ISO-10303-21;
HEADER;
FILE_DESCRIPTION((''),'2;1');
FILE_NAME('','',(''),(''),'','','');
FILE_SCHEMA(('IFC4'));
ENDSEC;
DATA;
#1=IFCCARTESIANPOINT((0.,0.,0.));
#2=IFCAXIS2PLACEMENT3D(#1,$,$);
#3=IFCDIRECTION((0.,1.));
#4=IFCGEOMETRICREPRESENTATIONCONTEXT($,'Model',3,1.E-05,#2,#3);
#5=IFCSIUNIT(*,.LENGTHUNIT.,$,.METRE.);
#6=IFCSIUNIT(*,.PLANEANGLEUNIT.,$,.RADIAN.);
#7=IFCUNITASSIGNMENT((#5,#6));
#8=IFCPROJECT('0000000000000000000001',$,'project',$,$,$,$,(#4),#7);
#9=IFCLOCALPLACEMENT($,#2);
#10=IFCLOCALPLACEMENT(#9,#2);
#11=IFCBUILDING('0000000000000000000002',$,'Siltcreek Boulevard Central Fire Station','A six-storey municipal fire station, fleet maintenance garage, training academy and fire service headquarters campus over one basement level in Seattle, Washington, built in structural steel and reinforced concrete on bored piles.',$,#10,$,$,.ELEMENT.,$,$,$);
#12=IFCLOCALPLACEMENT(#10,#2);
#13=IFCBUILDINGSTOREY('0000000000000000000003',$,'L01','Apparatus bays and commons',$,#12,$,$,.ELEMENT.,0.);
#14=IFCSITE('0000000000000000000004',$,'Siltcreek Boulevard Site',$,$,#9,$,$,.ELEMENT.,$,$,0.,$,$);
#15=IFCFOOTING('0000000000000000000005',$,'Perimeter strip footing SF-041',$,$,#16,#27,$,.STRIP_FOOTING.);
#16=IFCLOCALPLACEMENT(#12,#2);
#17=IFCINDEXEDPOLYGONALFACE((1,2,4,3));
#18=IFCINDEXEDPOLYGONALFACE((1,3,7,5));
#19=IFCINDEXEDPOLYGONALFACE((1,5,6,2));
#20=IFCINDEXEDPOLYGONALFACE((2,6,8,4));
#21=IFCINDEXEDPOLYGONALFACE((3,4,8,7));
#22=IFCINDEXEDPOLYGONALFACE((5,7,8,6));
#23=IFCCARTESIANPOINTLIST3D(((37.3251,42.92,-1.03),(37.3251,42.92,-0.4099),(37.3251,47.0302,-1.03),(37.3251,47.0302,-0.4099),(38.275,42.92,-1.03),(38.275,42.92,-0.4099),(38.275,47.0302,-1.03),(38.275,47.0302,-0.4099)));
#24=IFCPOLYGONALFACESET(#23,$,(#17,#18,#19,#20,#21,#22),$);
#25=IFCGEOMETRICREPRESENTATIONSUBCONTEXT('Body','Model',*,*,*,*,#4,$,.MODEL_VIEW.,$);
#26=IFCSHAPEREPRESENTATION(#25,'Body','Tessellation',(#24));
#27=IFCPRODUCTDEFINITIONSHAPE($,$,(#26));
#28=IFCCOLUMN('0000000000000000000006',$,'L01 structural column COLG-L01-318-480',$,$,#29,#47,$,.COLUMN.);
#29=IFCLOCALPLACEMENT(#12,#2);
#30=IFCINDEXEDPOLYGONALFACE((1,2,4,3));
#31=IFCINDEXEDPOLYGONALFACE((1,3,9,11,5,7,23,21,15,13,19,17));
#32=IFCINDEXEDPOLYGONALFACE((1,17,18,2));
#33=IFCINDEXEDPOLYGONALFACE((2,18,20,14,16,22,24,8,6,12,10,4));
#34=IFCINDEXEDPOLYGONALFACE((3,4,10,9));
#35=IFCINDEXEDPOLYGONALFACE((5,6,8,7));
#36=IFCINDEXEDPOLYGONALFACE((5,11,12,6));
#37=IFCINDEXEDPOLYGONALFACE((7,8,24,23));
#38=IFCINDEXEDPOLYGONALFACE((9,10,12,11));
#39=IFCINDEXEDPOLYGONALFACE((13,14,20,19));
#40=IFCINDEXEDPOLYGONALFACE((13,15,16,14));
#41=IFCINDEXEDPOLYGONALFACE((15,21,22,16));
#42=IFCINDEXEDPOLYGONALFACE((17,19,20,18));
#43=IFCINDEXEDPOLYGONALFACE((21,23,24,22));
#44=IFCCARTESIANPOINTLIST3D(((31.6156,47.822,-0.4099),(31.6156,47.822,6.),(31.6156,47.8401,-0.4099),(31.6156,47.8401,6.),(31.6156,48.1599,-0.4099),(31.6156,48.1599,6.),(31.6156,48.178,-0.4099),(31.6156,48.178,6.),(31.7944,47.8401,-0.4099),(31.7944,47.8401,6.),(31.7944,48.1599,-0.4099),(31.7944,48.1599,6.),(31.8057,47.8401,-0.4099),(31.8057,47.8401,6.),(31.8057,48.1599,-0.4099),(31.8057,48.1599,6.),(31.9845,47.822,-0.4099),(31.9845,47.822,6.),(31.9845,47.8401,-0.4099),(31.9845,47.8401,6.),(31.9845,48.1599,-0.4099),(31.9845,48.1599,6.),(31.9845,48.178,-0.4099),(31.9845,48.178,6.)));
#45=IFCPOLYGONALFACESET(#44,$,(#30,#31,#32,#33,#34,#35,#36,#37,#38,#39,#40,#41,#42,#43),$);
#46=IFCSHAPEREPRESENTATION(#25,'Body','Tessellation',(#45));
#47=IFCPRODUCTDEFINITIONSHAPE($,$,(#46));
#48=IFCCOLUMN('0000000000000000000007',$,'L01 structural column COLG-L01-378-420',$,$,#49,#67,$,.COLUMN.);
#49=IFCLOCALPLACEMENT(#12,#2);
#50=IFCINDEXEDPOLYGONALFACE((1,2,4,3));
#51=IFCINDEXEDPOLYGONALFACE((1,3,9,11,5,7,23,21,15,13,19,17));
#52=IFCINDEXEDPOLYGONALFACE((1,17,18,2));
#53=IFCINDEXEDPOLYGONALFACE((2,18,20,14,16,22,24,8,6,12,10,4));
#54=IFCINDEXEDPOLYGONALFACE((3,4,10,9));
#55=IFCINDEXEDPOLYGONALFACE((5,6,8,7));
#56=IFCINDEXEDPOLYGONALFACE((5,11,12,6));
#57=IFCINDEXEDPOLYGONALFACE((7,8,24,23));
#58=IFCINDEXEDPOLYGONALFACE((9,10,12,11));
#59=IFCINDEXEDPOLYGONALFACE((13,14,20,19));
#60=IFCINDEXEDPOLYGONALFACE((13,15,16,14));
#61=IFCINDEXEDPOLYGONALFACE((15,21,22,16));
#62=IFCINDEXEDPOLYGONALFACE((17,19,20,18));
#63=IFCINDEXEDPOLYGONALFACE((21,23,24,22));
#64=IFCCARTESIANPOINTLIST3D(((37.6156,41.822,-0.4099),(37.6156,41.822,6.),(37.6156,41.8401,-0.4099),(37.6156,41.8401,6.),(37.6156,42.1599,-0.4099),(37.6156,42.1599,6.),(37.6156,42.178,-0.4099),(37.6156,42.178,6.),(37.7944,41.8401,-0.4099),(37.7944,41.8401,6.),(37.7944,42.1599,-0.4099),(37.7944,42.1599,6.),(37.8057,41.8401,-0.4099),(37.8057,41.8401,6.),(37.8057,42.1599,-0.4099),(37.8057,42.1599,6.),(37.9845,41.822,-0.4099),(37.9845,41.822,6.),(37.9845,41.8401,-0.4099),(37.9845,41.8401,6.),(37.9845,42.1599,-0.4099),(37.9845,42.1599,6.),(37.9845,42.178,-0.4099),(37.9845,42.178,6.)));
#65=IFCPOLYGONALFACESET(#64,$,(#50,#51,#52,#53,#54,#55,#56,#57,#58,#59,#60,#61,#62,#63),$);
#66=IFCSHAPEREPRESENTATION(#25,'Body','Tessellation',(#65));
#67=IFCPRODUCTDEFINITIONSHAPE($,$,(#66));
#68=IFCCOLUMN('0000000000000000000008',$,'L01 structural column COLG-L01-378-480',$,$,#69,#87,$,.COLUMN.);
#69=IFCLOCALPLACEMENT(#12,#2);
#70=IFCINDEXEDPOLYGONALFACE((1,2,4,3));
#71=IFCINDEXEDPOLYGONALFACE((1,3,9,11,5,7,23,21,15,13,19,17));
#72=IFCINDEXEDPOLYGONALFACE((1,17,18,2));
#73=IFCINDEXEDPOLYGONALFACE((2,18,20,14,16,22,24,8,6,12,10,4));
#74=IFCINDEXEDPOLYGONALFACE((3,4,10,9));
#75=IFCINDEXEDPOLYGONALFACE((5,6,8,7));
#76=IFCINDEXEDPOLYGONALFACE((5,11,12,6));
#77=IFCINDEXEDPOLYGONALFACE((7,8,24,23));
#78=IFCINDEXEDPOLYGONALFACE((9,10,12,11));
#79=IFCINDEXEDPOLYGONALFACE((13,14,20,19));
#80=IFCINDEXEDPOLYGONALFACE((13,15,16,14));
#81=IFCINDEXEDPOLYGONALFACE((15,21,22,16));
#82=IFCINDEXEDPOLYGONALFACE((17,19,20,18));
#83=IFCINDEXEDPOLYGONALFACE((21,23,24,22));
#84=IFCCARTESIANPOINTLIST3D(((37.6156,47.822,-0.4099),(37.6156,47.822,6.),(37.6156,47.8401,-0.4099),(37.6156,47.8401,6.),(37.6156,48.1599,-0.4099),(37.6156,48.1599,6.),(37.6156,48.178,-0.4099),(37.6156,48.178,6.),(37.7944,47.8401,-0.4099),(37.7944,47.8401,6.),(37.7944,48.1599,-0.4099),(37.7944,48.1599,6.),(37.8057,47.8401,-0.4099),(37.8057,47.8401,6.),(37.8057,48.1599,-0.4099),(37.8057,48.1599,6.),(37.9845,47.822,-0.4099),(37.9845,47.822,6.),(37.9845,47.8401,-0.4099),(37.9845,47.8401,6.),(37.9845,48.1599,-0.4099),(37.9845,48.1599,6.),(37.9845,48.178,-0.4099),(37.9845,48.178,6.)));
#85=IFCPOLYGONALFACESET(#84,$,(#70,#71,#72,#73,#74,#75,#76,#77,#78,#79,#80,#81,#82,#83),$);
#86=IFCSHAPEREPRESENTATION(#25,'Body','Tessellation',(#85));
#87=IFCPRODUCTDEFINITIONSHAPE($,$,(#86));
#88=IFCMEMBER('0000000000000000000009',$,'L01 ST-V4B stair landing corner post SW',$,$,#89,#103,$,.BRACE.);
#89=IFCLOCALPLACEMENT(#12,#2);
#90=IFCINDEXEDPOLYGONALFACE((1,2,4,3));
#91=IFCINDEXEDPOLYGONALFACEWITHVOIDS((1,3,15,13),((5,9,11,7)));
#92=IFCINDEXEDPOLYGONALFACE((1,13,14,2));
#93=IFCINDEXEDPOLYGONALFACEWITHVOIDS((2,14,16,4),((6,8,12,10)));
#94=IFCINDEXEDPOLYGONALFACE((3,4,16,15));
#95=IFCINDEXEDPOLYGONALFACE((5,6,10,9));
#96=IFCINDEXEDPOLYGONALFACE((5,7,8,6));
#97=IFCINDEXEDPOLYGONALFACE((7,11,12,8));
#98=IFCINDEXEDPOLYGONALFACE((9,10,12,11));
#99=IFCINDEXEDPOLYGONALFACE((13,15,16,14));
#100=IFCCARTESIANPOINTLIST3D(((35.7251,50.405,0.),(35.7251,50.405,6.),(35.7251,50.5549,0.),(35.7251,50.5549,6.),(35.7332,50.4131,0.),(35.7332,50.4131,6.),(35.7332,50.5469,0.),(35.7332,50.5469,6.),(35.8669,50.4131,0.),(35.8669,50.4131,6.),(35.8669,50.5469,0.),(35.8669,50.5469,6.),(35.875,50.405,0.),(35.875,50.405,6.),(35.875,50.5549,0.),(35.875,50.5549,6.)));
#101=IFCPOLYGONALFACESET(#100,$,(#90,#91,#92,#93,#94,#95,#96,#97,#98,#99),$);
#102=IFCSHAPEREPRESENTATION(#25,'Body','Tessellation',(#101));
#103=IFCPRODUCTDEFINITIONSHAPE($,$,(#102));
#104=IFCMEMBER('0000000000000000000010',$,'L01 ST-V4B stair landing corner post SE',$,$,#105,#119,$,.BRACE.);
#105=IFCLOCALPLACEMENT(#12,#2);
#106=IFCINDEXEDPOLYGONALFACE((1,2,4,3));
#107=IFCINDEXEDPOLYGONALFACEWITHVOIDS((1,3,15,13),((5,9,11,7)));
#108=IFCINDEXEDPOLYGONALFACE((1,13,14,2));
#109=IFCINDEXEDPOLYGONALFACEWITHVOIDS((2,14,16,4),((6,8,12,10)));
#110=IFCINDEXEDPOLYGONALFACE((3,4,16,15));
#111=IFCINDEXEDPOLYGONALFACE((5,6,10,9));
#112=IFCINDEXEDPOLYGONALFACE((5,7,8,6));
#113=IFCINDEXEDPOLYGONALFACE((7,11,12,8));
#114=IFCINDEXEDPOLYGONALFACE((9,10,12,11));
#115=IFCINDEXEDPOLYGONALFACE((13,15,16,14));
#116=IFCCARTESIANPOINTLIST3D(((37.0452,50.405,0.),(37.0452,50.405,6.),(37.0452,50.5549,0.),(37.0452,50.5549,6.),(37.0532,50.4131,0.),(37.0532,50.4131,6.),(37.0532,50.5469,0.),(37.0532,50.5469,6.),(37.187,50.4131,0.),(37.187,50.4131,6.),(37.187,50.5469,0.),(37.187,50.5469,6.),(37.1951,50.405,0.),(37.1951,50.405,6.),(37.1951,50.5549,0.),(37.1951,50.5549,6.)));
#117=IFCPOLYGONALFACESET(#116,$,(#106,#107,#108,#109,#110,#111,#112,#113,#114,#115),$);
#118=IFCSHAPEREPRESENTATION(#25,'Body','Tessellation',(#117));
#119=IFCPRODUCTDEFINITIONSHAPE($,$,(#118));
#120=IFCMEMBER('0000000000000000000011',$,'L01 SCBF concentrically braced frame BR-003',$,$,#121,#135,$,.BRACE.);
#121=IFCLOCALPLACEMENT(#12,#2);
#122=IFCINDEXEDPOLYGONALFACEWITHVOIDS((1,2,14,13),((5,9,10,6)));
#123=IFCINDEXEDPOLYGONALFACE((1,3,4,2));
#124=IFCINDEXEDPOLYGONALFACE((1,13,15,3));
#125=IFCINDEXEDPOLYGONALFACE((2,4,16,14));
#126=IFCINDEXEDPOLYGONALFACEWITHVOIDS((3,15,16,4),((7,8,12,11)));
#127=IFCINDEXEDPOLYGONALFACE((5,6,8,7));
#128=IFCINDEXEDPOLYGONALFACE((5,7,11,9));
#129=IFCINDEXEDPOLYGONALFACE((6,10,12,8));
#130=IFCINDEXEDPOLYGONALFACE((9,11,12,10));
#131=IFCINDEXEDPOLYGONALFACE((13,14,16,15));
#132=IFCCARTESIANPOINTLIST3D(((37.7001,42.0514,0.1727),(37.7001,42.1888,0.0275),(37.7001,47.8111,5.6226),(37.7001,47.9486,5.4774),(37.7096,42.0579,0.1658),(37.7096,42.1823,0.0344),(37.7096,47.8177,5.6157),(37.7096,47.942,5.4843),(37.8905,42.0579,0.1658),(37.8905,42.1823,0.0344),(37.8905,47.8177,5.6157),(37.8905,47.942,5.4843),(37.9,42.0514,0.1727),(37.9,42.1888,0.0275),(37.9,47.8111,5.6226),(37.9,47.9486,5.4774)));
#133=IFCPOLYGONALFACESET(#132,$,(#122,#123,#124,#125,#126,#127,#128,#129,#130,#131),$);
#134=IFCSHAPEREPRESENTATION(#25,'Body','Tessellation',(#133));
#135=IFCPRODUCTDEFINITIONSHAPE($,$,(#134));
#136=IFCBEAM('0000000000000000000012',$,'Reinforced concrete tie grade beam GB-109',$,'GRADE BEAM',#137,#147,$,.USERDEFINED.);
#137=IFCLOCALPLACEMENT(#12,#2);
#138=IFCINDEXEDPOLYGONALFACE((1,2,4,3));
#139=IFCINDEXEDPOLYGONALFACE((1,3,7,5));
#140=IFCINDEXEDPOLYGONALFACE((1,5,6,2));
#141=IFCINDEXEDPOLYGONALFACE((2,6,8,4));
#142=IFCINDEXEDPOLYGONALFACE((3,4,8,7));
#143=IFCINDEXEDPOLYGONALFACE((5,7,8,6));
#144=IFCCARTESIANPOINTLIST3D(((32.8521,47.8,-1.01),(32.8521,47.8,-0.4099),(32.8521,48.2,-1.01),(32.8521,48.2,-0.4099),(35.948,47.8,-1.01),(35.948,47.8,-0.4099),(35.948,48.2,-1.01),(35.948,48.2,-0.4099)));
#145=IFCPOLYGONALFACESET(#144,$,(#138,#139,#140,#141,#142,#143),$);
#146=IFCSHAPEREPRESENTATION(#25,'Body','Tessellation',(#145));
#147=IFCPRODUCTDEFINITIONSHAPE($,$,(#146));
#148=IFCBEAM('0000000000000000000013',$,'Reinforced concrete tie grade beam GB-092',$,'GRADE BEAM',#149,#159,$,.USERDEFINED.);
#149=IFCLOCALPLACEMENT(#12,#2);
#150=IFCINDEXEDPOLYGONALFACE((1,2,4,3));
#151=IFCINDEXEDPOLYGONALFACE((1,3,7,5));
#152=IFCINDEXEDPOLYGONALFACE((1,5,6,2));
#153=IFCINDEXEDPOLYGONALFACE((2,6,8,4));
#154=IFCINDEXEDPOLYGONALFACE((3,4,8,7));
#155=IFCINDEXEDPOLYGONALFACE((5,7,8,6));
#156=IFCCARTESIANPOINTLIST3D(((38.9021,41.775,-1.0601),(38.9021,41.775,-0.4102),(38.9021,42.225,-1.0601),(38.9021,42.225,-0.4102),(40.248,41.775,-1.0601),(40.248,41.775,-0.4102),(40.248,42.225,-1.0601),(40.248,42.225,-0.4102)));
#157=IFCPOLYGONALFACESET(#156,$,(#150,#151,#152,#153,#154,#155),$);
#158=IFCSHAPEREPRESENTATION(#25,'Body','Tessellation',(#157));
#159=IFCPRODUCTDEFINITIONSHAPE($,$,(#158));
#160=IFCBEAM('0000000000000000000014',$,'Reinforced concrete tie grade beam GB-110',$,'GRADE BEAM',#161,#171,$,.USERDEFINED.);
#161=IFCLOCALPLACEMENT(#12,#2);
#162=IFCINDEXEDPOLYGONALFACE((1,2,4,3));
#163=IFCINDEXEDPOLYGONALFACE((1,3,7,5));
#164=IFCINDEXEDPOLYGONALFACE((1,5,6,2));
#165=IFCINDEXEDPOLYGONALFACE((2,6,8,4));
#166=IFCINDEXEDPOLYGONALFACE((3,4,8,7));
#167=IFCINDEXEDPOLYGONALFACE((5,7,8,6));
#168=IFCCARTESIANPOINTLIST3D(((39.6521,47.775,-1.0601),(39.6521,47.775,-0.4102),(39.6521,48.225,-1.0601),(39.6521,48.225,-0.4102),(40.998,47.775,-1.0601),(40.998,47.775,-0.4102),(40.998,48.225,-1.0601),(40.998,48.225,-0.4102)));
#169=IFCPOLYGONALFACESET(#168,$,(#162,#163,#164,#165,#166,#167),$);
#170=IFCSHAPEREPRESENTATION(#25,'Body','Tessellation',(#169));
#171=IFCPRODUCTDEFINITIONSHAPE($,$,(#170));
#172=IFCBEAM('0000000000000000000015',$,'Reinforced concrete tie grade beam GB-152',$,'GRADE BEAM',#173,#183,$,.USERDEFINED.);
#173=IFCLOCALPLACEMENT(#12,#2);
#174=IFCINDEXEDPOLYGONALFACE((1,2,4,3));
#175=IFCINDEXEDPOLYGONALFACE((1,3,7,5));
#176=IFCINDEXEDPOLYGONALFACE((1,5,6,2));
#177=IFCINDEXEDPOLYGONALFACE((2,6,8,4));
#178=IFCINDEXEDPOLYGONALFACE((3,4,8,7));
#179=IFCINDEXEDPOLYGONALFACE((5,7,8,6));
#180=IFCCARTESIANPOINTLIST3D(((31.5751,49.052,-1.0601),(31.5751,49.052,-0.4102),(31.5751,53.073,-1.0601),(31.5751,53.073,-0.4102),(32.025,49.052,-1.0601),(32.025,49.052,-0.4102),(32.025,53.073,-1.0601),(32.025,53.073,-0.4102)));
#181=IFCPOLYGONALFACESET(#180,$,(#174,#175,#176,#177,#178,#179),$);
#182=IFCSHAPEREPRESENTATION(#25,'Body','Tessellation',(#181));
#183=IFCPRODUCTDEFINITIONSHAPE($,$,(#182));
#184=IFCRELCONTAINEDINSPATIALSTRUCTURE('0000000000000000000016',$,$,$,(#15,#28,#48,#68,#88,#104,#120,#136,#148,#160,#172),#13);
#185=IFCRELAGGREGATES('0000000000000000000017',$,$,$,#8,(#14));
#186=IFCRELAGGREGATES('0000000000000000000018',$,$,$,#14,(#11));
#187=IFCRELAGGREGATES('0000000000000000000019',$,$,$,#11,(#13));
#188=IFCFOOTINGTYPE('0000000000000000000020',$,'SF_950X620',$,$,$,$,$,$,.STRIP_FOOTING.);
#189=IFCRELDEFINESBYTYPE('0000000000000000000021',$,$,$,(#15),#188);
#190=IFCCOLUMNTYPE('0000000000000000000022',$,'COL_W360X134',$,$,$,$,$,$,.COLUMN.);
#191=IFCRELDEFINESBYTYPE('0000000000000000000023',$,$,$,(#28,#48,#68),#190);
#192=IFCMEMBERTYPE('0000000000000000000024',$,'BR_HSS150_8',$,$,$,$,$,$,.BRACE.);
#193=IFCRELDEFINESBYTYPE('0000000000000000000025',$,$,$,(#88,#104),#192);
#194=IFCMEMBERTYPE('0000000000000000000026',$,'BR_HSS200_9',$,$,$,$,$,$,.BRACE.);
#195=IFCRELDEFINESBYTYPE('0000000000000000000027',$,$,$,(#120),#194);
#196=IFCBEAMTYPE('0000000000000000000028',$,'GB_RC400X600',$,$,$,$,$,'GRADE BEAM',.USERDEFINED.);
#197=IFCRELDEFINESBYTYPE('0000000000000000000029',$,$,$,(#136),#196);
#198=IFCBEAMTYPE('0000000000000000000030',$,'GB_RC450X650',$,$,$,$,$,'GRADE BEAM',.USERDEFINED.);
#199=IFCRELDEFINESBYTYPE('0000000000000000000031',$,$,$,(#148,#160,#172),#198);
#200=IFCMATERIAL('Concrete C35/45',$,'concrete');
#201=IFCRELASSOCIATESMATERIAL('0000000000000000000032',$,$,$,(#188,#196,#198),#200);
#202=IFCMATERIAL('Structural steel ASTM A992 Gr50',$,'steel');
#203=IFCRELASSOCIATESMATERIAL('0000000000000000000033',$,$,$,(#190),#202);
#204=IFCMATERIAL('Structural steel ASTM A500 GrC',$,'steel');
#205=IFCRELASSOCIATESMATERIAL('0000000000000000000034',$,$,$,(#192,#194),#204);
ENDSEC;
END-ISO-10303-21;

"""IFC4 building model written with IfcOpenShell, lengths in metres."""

from ifc_helpers import new_model, si_unit, direction, frame, origin, origin_2d, place, context, subcontext, project, spatial, rectangle, hollow_rectangle, i_section, extrude, material, material_profile, profile_set, type_object, element, save


model = new_model("IFC4")

# Units and contexts
model_context = context("Model", 3, precision=1e-05, world=origin(), true_north=direction((0.0, 1.0)))
body_context = subcontext(model_context, "Body", "Model", "MODEL_VIEW")
ifc_project = project(units=[si_unit("LENGTHUNIT", "METRE"), si_unit("PLANEANGLEUNIT", "RADIAN")], contexts=[model_context])

# Site, building, storey
site_placement = place(None, origin())
site = spatial("IfcSite", under=ifc_project, at=site_placement, Name="Siltcreek Boulevard Site", CompositionType="ELEMENT", RefElevation=0.0)
building_placement = place(site_placement, origin())
building = spatial("IfcBuilding", under=site, at=building_placement, Name="Siltcreek Boulevard Central Fire Station", Description="A six-storey municipal fire station, fleet maintenance garage, training academy and fire service headquarters campus over one basement level in Seattle, Washington, built in structural steel and reinforced concrete on bored piles.", CompositionType="ELEMENT")
storey_placement = place(building_placement, origin())
storey = spatial("IfcBuildingStorey", under=building, at=storey_placement, Name="L01", Description="Apparatus bays and commons", CompositionType="ELEMENT", Elevation=0.0)

# Shared definitions
ifc_material_1 = material(Name="Concrete C35/45", Category="concrete")

# Footing
footing_type_1 = type_object("IfcFootingType", Name="SF_950X620", PredefinedType="STRIP_FOOTING", material=ifc_material_1)
footing_1_placement = place(storey_placement, frame((37.8, 44.9751, -1.03), z_axis=(0.0, 0.0, 1.0), x_axis=(1.0, 0.0, 0.0)))
element("IfcFooting", 1, at=footing_1_placement, inside=storey, type_object=footing_type_1, Name="Perimeter strip footing SF-041", PredefinedType="STRIP_FOOTING", context=body_context, shape_type="SweptSolid", body=[
    extrude(rectangle(XDim=0.95, YDim=4.1101, at=origin_2d()), origin(), (0.0, 0.0, 1.0), 0.6201),
])

# Columns
ifc_material_2 = material(Name="Structural steel ASTM A992 Gr50", Category="steel")
ifc_material_profile_1 = material_profile(ifc_material_2, i_section(OverallWidth=0.3689, OverallDepth=0.356, WebThickness=0.0112, FlangeThickness=0.0181, at=origin_2d()), Name="W360X134")
ifc_profile_set_1 = profile_set([ifc_material_profile_1], Name="Structural steel ASTM A992 Gr50")
column_type = type_object("IfcColumnType", Name="COL_W360X134", PredefinedType="COLUMN", material=ifc_profile_set_1)
for number, where, z_axis, x_axis, name in (
    (2, (31.8, 48.0, -0.4099), (0.0, 0.0, 1.0), (1.0, 0.0, 0.0), "L01 structural column COLG-L01-318-480"),
    (3, (37.8, 42.0, -0.4099), (0.0, 0.0, 1.0), (1.0, 0.0, 0.0), "L01 structural column COLG-L01-378-420"),
    (4, (37.8, 48.0, -0.4099), (0.0, 0.0, 1.0), (1.0, 0.0, 0.0), "L01 structural column COLG-L01-378-480"),
):
    element("IfcColumn", number, at=place(storey_placement, frame(where, z_axis=z_axis, x_axis=x_axis)), inside=storey, type_object=column_type, Name=name, PredefinedType="COLUMN", context=body_context, shape_type="SweptSolid", body=[
        extrude(i_section(OverallWidth=0.3689, OverallDepth=0.356, WebThickness=0.0112, FlangeThickness=0.0181, at=origin_2d()), origin(), (0.0, 0.0, 1.0), 6.4099),
    ])

# Members
ifc_material_3 = material(Name="Structural steel ASTM A500 GrC", Category="steel")
ifc_material_profile_2 = material_profile(ifc_material_3, hollow_rectangle(XDim=0.1499, YDim=0.1499, WallThickness=0.0081, at=origin_2d()), Name="HSS150X150X8.0")
ifc_profile_set_2 = profile_set([ifc_material_profile_2], Name="Structural steel ASTM A500 GrC")
member_type_1 = type_object("IfcMemberType", Name="BR_HSS150_8", PredefinedType="BRACE", material=ifc_profile_set_2)
for number, where, z_axis, x_axis, name in (
    (5, (35.8, 50.48, 0.0), (0.0, 0.0, 1.0), (1.0, 0.0, 0.0), "L01 ST-V4B stair landing corner post SW"),
    (6, (37.1201, 50.48, 0.0), (0.0, 0.0, 1.0), (1.0, 0.0, 0.0), "L01 ST-V4B stair landing corner post SE"),
):
    element("IfcMember", number, at=place(storey_placement, frame(where, z_axis=z_axis, x_axis=x_axis)), inside=storey, type_object=member_type_1, Name=name, PredefinedType="BRACE", context=body_context, shape_type="SweptSolid", body=[
        extrude(hollow_rectangle(XDim=0.1499, YDim=0.1499, WallThickness=0.0081, at=origin_2d()), origin(), (0.0, 0.0, 1.0), 6.0),
    ])
ifc_material_profile_3 = material_profile(ifc_material_3, hollow_rectangle(XDim=0.2, YDim=0.2, WallThickness=0.0095, at=origin_2d()), Name="HSS200X200X9.5")
ifc_profile_set_3 = profile_set([ifc_material_profile_3], Name="Structural steel ASTM A500 GrC")
member_type_2 = type_object("IfcMemberType", Name="BR_HSS200_9", PredefinedType="BRACE", material=ifc_profile_set_3)
member_placement = place(storey_placement, frame((37.8, 42.1201, 0.1001), z_axis=(0.0, 0.726372, 0.687301), x_axis=(-1.0, 0.0, 0.0)))
element("IfcMember", 7, at=member_placement, inside=storey, type_object=member_type_2, Name="L01 SCBF concentrically braced frame BR-003", PredefinedType="BRACE", context=body_context, shape_type="SweptSolid", body=[
    extrude(hollow_rectangle(XDim=0.2, YDim=0.2, WallThickness=0.0095, at=origin_2d()), origin(), (0.0, 0.0, 1.0), 7.9294),
])

# Beams
ifc_material_profile_4 = material_profile(ifc_material_1, rectangle(XDim=0.3999, YDim=0.6001, at=origin_2d()), Name="RC400X600")
ifc_profile_set_4 = profile_set([ifc_material_profile_4], Name="Concrete C35/45")
beam_type_1 = type_object("IfcBeamType", Name="GB_RC400X600", ElementType="GRADE BEAM", PredefinedType="USERDEFINED", material=ifc_profile_set_4)
beam_1_placement = place(storey_placement, frame((32.8521, 48.0, -0.71), z_axis=(1.0, 0.0, 0.0), x_axis=(0.0, 1.0, 0.0)))
element("IfcBeam", 8, at=beam_1_placement, inside=storey, type_object=beam_type_1, Name="Reinforced concrete tie grade beam GB-109", ObjectType="GRADE BEAM", PredefinedType="USERDEFINED", context=body_context, shape_type="SweptSolid", body=[
    extrude(rectangle(XDim=0.3999, YDim=0.6001, at=origin_2d()), origin(), (0.0, 0.0, 1.0), 3.0959),
])
ifc_material_profile_5 = material_profile(ifc_material_1, rectangle(XDim=0.45, YDim=0.6499, at=origin_2d()), Name="RC450X650")
ifc_profile_set_5 = profile_set([ifc_material_profile_5], Name="Concrete C35/45")
beam_type_2 = type_object("IfcBeamType", Name="GB_RC450X650", ElementType="GRADE BEAM", PredefinedType="USERDEFINED", material=ifc_profile_set_5)
for number, where, z_axis, x_axis, name in (
    (9, (38.9021, 42.0, -0.7351), (1.0, 0.0, 0.0), (0.0, 1.0, 0.0), "Reinforced concrete tie grade beam GB-092"),
    (10, (39.6521, 48.0, -0.7351), (1.0, 0.0, 0.0), (0.0, 1.0, 0.0), "Reinforced concrete tie grade beam GB-110"),
):
    element("IfcBeam", number, at=place(storey_placement, frame(where, z_axis=z_axis, x_axis=x_axis)), inside=storey, type_object=beam_type_2, Name=name, ObjectType="GRADE BEAM", PredefinedType="USERDEFINED", context=body_context, shape_type="SweptSolid", body=[
        extrude(rectangle(XDim=0.45, YDim=0.6499, at=origin_2d()), origin(), (0.0, 0.0, 1.0), 1.3459),
    ])
beam_2_placement = place(storey_placement, frame((31.8, 49.052, -0.7351), z_axis=(0.0, 1.0, 0.0), x_axis=(-1.0, 0.0, 0.0)))
element("IfcBeam", 11, at=beam_2_placement, inside=storey, type_object=beam_type_2, Name="Reinforced concrete tie grade beam GB-152", ObjectType="GRADE BEAM", PredefinedType="USERDEFINED", context=body_context, shape_type="SweptSolid", body=[
    extrude(rectangle(XDim=0.45, YDim=0.6499, at=origin_2d()), origin(), (0.0, 0.0, 1.0), 4.021),
])

save(model, "model.ifc")
